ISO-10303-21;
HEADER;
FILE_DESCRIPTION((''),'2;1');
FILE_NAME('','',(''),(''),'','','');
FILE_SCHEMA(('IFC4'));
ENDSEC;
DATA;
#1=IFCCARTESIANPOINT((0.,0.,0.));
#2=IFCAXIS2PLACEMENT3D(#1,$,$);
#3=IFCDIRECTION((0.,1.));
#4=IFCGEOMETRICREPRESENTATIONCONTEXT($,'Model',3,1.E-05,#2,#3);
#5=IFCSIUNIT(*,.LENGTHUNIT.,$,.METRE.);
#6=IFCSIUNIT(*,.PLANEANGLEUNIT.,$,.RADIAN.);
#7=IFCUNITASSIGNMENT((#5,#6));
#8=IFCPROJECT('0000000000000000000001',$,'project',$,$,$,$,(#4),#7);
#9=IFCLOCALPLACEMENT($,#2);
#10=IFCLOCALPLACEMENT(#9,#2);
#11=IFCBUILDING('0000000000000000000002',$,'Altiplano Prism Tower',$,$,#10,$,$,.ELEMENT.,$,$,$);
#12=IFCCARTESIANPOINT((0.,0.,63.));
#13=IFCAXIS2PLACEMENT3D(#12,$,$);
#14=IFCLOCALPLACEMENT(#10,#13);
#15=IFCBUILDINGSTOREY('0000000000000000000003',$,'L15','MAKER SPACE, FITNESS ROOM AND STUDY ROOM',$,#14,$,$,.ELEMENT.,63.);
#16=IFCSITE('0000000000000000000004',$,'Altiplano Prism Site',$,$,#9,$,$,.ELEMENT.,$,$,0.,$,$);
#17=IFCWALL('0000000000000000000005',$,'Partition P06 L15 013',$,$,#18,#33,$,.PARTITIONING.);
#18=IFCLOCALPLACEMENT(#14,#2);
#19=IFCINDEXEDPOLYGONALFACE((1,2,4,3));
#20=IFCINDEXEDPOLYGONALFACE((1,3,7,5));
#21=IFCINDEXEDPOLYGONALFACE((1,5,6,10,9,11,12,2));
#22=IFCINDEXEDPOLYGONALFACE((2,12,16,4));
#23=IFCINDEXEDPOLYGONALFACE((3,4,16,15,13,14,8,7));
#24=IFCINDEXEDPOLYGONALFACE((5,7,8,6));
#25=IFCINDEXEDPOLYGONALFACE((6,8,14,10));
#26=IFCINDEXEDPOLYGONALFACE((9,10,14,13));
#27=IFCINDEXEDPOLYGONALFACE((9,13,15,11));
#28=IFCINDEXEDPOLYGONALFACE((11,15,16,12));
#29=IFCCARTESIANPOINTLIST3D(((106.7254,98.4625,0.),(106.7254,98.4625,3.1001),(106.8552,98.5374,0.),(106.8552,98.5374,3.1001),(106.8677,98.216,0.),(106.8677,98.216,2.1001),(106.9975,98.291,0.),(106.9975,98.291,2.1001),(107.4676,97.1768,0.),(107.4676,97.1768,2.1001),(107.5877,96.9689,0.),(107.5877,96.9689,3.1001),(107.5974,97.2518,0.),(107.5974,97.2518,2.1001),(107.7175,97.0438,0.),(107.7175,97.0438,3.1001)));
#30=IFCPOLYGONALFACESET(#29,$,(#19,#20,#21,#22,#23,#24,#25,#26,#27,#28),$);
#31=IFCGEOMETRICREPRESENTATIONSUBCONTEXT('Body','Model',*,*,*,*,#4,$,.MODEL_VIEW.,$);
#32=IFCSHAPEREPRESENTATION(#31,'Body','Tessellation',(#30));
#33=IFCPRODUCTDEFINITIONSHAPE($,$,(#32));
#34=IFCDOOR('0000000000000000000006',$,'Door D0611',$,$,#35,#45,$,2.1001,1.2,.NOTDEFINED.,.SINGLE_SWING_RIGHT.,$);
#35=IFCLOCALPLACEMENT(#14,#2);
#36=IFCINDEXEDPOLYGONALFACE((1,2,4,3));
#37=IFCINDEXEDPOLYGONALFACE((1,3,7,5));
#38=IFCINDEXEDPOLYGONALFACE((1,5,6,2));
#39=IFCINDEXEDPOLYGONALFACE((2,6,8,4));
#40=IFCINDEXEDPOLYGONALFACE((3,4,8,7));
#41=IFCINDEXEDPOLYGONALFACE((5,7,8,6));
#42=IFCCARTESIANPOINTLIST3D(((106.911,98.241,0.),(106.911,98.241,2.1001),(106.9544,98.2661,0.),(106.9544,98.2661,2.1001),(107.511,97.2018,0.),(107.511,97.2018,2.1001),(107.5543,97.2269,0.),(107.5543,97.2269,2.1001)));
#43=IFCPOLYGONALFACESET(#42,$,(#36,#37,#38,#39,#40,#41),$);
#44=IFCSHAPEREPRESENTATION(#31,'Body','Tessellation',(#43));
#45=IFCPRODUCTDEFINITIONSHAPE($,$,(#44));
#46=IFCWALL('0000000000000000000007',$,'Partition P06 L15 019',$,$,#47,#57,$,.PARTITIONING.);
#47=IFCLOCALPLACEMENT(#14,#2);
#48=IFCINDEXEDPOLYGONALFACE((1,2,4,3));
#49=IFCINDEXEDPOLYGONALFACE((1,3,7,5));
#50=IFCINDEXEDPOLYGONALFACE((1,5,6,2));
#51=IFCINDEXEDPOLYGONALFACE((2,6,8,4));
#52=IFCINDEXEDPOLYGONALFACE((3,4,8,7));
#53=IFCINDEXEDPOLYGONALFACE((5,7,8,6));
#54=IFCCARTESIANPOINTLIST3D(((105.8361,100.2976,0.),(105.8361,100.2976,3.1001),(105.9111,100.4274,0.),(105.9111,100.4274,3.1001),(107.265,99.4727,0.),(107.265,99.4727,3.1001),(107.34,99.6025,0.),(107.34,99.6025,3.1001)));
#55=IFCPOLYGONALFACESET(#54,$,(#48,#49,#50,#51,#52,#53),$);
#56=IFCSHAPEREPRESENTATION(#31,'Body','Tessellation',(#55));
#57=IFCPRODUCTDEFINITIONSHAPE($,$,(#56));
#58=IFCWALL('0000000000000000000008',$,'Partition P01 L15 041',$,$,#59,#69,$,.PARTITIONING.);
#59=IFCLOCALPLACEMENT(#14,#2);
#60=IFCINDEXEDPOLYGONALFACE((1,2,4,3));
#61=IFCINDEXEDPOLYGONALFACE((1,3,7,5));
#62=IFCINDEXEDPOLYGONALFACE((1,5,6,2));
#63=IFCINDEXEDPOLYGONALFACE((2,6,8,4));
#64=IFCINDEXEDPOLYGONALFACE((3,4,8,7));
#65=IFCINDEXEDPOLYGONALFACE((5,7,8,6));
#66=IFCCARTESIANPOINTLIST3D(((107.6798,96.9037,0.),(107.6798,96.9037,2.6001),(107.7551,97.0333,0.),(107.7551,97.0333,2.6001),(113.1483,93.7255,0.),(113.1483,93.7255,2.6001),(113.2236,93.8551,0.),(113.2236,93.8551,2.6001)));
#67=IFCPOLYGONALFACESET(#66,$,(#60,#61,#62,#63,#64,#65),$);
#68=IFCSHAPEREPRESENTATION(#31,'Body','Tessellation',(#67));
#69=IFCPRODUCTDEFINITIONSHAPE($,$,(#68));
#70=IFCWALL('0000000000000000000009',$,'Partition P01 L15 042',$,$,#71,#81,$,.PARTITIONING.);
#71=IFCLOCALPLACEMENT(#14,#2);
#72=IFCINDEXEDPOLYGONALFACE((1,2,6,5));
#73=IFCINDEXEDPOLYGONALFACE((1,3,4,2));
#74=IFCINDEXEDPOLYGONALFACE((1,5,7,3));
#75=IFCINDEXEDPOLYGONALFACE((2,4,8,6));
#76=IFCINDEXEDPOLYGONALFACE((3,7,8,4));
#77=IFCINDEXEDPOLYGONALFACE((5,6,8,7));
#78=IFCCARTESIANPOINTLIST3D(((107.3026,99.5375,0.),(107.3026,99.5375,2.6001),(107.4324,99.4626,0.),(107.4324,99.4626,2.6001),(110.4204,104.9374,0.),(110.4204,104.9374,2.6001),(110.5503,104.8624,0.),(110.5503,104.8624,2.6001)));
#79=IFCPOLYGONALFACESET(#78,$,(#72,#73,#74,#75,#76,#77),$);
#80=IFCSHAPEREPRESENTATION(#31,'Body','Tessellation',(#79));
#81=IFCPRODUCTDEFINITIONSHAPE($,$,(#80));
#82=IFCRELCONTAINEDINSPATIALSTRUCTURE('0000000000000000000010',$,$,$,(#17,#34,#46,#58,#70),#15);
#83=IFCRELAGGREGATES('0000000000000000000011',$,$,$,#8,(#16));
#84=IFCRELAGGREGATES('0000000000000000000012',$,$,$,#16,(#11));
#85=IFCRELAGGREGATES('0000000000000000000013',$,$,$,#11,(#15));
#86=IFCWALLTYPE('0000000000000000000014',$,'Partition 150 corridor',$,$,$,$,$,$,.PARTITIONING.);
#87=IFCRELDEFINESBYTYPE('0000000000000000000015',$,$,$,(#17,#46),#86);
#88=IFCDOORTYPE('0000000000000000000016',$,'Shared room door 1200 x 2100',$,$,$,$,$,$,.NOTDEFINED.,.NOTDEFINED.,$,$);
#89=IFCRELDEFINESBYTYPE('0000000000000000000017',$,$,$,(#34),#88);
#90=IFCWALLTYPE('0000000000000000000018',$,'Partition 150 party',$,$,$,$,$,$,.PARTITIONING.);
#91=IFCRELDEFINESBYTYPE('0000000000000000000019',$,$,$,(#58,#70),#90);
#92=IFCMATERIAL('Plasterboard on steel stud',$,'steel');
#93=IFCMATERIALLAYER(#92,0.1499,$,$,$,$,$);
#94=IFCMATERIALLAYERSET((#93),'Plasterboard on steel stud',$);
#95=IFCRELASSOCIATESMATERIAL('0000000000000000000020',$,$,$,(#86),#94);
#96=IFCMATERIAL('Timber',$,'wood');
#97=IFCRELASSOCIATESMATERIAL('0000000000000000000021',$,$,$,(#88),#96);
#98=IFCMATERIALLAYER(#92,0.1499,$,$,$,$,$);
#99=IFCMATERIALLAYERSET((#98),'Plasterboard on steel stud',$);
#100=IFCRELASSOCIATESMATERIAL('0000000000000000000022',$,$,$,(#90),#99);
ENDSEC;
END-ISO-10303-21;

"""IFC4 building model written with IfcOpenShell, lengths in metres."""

from ifc_helpers import new_model, si_unit, direction, frame, frame_2d, origin, place, context, subcontext, project, spatial, rectangle, extrude, material, layer, layer_set, type_object, element, fill, save


model = new_model("IFC4")

# Units and contexts
model_context = context("Model", 3, precision=1e-05, world=origin(), true_north=direction((0.0, 1.0)))
body_context = subcontext(model_context, "Body", "Model", "MODEL_VIEW")
ifc_project = project(units=[si_unit("LENGTHUNIT", "METRE"), si_unit("PLANEANGLEUNIT", "RADIAN")], contexts=[model_context])

# Site, building, storey
site_placement = place(None, origin())
site = spatial("IfcSite", under=ifc_project, at=site_placement, Name="Altiplano Prism Site", CompositionType="ELEMENT", RefElevation=0.0)
building_placement = place(site_placement, origin())
building = spatial("IfcBuilding", under=site, at=building_placement, Name="Altiplano Prism Tower", CompositionType="ELEMENT")
storey_placement = place(building_placement, frame((0.0, 0.0, 63.0)))
storey = spatial("IfcBuildingStorey", under=building, at=storey_placement, Name="L15", Description="MAKER SPACE, FITNESS ROOM AND STUDY ROOM", CompositionType="ELEMENT", Elevation=63.0)

# Wall, opening, door
ifc_material_1 = material(Name="Plasterboard on steel stud", Category="steel")
ifc_layer_1 = layer(ifc_material_1, 0.1499)
ifc_layer_set_1 = layer_set([ifc_layer_1], Name="Plasterboard on steel stud")
wall_type_1 = type_object("IfcWallType", Name="Partition 150 corridor", PredefinedType="PARTITIONING", material=ifc_layer_set_1)
wall_1_placement = place(storey_placement, frame((107.6526, 97.0063, 0.0), z_axis=(0.0, 0.0, 1.0), x_axis=(-0.499976, 0.866039, 0.0)))
wall_1 = element("IfcWall", 1, at=wall_1_placement, inside=storey, type_object=wall_type_1, Name="Partition P06 L15 013", PredefinedType="PARTITIONING", context=body_context, shape_type="SweptSolid", body=[
    extrude(rectangle(XDim=1.7246, YDim=0.1499, at=frame_2d((0.8623, 0.0))), origin(), (0.0, 0.0, 1.0), 3.1001),
])
opening_placement = place(wall_1_placement, frame((0.24, 0.0, 0.0)))
opening = element("IfcOpeningElement", 2, at=opening_placement, cuts=wall_1, PredefinedType="OPENING", context=body_context, shape_type="SweptSolid", body=[
    extrude(rectangle(XDim=1.2, YDim=2.1001, at=frame_2d((0.6001, 1.05))), frame((0.0, 0.0854, 0.0), z_axis=(0.0, -1.0, 0.0), x_axis=(1.0, 0.0, 0.0)), (0.0, 0.0, 1.0), 0.1709),
])
ifc_material_2 = material(Name="Timber", Category="wood")
door_type = type_object("IfcDoorType", Name="Shared room door 1200 x 2100", OperationType="NOTDEFINED", PredefinedType="NOTDEFINED", material=ifc_material_2)
door_placement = place(opening_placement, origin())
door = element("IfcDoor", 3, at=door_placement, inside=storey, type_object=door_type, Name="Door D0611", OperationType="SINGLE_SWING_RIGHT", OverallHeight=2.1001, OverallWidth=1.2, PredefinedType="NOTDEFINED", context=body_context, shape_type="SweptSolid", body=[
    extrude(rectangle(XDim=1.2, YDim=2.1001, at=frame_2d((0.6001, 1.05))), frame((0.0, 0.0249, 0.0), z_axis=(0.0, -1.0, 0.0), x_axis=(1.0, 0.0, 0.0)), (0.0, 0.0, 1.0), 0.05),
])
fill(opening, door)

# Walls
wall_2_placement = place(storey_placement, frame((107.3025, 99.5376, 0.0), z_axis=(0.0, 0.0, 1.0), x_axis=(-0.86604, 0.499974, 0.0)))
element("IfcWall", 4, at=wall_2_placement, inside=storey, type_object=wall_type_1, Name="Partition P06 L15 019", PredefinedType="PARTITIONING", context=body_context, shape_type="SweptSolid", body=[
    extrude(rectangle(XDim=1.6499, YDim=0.1499, at=frame_2d((0.825, 0.0))), origin(), (0.0, 0.0, 1.0), 3.1001),
])
ifc_layer_2 = layer(ifc_material_1, 0.1499)
ifc_layer_set_2 = layer_set([ifc_layer_2], Name="Plasterboard on steel stud")
wall_type_2 = type_object("IfcWallType", Name="Partition 150 party", PredefinedType="PARTITIONING", material=ifc_layer_set_2)
wall_3_placement = place(storey_placement, frame((113.186, 93.7903, 0.0), z_axis=(0.0, 0.0, 1.0), x_axis=(-0.864586, 0.502486, 0.0)))
element("IfcWall", 5, at=wall_3_placement, inside=storey, type_object=wall_type_2, Name="Partition P01 L15 041", PredefinedType="PARTITIONING", context=body_context, shape_type="SweptSolid", body=[
    extrude(rectangle(XDim=6.325, YDim=0.1499, at=frame_2d((3.1626, 0.0))), origin(), (0.0, 0.0, 1.0), 2.6001),
])
wall_4_placement = place(storey_placement, frame((110.4854, 104.8999, 0.0), z_axis=(0.0, 0.0, 1.0), x_axis=(-0.500034, -0.866006, 0.0)))
element("IfcWall", 6, at=wall_4_placement, inside=storey, type_object=wall_type_2, Name="Partition P01 L15 042", PredefinedType="PARTITIONING", context=body_context, shape_type="SweptSolid", body=[
    extrude(rectangle(XDim=6.2354, YDim=0.1499, at=frame_2d((3.1177, 0.0))), origin(), (0.0, 0.0, 1.0), 2.6001),
])

save(model, "model.ifc")
